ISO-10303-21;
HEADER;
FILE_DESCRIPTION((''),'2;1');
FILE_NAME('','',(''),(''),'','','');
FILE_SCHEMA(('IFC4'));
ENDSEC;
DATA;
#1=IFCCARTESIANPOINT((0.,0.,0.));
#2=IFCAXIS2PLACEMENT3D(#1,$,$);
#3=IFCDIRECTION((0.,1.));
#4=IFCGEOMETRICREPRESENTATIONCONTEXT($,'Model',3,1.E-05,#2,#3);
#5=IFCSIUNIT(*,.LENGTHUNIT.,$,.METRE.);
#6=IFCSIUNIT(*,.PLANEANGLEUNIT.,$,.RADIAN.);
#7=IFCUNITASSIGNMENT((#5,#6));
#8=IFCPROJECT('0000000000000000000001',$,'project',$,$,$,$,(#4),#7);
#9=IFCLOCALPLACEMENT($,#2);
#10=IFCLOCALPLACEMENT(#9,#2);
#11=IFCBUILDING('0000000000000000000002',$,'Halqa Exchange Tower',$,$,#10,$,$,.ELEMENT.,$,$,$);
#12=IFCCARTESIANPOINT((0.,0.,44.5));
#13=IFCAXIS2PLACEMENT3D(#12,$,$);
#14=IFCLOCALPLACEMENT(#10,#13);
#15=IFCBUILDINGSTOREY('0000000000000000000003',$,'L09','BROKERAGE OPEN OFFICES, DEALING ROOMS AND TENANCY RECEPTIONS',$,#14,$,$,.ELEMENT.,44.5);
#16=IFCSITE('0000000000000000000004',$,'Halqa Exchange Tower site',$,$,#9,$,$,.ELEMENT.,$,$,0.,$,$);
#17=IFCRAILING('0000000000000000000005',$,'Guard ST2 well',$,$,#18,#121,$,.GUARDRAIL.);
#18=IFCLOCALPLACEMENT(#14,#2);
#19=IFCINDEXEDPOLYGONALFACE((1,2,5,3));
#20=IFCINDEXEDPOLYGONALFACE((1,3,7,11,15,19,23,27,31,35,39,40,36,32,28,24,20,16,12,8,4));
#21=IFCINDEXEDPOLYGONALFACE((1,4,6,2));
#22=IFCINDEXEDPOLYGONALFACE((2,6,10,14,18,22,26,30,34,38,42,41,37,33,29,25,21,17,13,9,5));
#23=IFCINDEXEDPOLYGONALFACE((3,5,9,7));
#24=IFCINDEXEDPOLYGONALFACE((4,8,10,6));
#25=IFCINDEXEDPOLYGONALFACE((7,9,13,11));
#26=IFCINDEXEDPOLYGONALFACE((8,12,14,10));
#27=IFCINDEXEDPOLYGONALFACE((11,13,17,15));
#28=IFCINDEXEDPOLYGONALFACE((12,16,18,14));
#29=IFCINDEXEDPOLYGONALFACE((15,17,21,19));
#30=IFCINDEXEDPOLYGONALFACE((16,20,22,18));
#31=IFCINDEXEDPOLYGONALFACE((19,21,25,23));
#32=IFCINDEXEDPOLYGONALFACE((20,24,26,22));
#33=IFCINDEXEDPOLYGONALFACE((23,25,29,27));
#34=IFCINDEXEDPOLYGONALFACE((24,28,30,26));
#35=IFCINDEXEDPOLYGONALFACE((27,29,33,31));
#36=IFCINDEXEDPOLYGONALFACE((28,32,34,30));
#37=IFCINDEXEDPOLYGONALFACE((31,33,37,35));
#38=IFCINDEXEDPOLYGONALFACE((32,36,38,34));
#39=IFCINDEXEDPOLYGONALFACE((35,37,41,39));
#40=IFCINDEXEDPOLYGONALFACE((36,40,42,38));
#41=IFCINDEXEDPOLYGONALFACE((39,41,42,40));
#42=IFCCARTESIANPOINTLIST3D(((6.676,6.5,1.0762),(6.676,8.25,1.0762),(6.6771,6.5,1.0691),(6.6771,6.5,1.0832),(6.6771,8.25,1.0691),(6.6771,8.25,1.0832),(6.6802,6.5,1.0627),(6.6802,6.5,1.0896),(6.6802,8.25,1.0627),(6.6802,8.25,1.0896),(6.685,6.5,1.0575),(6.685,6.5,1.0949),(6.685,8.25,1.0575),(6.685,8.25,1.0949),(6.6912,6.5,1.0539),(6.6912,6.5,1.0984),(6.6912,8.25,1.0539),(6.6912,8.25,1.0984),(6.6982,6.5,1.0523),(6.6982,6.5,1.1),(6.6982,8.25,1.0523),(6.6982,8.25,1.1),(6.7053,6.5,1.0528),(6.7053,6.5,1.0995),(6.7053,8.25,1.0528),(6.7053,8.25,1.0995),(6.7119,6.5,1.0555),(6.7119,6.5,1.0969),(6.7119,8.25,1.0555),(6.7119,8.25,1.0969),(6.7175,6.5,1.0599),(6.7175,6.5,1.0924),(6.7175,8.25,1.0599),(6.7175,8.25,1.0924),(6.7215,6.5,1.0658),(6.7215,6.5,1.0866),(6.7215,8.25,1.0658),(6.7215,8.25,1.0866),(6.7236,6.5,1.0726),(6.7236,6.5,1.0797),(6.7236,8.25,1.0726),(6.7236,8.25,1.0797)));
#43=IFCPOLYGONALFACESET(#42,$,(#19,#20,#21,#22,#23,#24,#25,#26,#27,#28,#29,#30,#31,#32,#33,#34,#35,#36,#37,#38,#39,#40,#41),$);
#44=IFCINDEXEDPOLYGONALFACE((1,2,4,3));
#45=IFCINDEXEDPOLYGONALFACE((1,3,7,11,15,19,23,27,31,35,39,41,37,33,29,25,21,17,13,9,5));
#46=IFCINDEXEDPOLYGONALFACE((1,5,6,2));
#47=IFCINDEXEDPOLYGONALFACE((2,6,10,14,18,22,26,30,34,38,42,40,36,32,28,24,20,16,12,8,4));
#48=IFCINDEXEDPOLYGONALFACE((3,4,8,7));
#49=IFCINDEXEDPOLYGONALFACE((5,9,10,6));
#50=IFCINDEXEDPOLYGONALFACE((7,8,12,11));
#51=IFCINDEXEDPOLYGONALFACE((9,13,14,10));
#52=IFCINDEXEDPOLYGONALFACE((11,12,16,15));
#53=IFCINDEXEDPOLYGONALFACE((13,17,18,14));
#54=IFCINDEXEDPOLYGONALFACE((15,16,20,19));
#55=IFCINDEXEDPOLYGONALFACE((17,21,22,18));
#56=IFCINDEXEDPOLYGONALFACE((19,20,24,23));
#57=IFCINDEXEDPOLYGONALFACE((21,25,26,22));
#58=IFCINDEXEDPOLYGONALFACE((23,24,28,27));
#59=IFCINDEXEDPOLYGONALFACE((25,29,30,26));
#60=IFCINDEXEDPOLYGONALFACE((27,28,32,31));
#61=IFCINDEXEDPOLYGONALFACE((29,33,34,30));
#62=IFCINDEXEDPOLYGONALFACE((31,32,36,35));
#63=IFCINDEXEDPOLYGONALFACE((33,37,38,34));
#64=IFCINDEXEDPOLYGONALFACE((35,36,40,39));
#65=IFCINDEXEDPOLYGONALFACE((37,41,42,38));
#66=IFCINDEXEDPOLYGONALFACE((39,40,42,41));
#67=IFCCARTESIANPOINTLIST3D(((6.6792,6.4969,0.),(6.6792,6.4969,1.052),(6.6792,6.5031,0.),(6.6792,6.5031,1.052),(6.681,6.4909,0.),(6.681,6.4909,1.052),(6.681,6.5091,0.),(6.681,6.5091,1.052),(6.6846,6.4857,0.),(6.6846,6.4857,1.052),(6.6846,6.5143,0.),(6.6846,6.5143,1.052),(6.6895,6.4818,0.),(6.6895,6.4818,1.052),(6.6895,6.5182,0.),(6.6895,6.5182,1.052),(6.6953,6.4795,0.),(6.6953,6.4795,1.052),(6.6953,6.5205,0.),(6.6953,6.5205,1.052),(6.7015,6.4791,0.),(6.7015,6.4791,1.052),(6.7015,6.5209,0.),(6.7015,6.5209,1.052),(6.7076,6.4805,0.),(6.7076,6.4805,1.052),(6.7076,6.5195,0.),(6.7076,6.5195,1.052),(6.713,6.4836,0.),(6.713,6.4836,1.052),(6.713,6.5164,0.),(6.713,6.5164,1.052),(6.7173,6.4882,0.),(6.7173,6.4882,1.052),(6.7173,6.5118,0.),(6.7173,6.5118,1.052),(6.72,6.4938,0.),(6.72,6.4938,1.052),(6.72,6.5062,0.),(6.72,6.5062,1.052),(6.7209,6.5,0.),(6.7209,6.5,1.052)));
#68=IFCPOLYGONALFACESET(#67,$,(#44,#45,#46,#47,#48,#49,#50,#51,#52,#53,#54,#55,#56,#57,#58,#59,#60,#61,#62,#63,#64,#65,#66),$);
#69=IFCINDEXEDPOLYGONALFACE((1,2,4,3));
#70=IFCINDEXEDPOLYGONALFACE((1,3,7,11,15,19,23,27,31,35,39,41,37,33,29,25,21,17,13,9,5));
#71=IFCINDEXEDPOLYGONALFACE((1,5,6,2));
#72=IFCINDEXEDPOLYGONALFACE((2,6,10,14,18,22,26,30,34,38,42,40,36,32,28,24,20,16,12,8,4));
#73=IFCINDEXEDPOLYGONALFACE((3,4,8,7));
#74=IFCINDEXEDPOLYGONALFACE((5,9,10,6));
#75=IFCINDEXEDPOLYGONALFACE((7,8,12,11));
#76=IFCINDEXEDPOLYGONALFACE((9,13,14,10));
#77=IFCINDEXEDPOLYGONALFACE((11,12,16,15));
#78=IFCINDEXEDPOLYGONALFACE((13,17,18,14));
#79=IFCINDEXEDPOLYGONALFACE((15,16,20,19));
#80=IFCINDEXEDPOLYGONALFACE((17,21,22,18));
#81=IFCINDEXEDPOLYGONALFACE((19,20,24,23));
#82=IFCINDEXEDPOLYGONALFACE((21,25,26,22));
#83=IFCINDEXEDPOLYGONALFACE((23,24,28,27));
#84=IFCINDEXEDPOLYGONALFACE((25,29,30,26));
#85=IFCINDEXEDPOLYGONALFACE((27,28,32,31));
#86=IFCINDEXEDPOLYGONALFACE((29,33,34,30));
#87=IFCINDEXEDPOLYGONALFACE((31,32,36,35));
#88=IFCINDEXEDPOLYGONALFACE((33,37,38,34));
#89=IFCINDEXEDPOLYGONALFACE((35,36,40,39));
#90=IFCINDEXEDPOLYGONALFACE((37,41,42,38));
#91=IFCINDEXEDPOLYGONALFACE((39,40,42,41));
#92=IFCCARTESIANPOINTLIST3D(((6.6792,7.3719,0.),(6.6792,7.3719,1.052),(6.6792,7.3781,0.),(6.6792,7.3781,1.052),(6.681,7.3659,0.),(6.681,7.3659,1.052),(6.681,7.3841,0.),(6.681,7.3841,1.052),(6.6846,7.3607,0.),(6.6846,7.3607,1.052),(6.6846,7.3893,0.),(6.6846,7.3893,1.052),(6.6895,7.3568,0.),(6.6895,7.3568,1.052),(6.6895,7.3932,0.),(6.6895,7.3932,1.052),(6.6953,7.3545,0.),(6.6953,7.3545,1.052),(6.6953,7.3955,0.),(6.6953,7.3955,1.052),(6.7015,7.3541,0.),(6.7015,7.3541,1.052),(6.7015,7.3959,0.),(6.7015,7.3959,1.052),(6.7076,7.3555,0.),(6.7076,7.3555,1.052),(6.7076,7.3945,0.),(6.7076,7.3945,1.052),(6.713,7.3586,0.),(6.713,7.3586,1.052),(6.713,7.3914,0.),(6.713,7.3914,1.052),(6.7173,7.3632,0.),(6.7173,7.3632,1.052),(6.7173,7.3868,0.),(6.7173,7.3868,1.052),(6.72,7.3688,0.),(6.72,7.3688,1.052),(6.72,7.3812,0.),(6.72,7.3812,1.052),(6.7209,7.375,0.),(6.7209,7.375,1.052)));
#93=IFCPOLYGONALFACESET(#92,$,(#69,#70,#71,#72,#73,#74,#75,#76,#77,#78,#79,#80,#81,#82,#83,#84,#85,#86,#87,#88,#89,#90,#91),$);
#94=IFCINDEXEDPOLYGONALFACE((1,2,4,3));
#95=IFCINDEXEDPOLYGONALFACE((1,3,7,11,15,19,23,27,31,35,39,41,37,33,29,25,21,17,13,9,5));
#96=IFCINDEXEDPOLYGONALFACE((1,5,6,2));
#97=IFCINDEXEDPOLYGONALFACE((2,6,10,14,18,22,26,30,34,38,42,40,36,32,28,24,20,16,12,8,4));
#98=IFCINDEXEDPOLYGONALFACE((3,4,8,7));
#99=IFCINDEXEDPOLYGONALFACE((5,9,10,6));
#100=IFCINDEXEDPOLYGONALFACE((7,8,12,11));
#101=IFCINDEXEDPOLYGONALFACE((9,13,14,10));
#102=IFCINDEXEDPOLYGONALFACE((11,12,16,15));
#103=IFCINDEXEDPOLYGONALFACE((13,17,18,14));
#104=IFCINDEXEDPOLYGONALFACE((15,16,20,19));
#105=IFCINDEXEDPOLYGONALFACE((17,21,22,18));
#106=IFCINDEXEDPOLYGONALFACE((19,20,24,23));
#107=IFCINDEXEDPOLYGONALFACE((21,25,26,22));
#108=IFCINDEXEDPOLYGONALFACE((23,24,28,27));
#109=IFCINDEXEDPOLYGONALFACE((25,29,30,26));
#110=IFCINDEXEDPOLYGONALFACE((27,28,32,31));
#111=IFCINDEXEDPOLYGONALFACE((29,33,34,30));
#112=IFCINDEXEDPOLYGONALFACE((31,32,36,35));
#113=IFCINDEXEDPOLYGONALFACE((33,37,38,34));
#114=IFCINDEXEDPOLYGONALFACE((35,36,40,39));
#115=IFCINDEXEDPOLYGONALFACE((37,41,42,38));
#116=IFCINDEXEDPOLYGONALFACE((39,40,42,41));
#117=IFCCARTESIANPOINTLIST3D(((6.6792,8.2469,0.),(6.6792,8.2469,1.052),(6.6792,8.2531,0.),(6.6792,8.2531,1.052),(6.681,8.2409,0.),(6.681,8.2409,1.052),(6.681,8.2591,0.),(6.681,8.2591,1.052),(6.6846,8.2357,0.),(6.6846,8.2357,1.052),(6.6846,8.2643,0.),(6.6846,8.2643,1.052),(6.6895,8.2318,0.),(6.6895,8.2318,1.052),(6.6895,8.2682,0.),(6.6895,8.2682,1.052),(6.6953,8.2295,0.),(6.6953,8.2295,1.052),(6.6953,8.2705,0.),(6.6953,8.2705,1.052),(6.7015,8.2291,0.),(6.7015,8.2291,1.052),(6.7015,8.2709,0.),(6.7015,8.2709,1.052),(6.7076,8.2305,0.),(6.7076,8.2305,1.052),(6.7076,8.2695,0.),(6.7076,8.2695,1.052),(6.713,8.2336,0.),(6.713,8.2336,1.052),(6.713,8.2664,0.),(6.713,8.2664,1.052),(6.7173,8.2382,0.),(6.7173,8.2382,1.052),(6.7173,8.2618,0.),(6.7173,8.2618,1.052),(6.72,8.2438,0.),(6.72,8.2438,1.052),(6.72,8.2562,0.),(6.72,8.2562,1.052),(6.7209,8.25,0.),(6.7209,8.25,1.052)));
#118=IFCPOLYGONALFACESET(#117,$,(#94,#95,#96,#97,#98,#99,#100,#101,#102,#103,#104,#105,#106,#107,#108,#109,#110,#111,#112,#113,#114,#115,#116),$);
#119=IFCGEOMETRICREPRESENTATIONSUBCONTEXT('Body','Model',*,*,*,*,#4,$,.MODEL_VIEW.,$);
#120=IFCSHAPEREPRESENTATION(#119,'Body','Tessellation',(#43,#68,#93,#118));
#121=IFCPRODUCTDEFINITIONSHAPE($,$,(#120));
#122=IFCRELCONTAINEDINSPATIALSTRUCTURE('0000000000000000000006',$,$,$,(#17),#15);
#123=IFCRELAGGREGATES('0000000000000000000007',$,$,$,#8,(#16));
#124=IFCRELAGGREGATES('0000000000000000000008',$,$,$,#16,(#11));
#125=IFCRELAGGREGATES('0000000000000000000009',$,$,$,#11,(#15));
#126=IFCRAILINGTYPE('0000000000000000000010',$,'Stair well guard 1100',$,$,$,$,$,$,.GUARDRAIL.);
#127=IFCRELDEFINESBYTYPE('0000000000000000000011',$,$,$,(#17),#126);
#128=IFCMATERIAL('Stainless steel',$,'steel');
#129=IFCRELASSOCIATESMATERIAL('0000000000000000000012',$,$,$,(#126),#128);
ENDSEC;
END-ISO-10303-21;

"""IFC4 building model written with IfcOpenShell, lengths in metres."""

from ifc_helpers import new_model, si_unit, direction, frame, origin, origin_2d, place, context, subcontext, project, spatial, circle, extrude, material, type_object, element, save


model = new_model("IFC4")

# Units and contexts
model_context = context("Model", 3, precision=1e-05, world=origin(), true_north=direction((0.0, 1.0)))
body_context = subcontext(model_context, "Body", "Model", "MODEL_VIEW")
ifc_project = project(units=[si_unit("LENGTHUNIT", "METRE"), si_unit("PLANEANGLEUNIT", "RADIAN")], contexts=[model_context])

# Site, building, storey
site_placement = place(None, origin())
site = spatial("IfcSite", under=ifc_project, at=site_placement, Name="Halqa Exchange Tower site", CompositionType="ELEMENT", RefElevation=0.0)
building_placement = place(site_placement, origin())
building = spatial("IfcBuilding", under=site, at=building_placement, Name="Halqa Exchange Tower", CompositionType="ELEMENT")
storey_placement = place(building_placement, frame((0.0, 0.0, 44.5)))
storey = spatial("IfcBuildingStorey", under=building, at=storey_placement, Name="L09", Description="BROKERAGE OPEN OFFICES, DEALING ROOMS AND TENANCY RECEPTIONS", CompositionType="ELEMENT", Elevation=44.5)

# Railing
ifc_material_1 = material(Name="Stainless steel", Category="steel")
railing_type_1 = type_object("IfcRailingType", Name="Stair well guard 1100", PredefinedType="GUARDRAIL", material=ifc_material_1)
railing_1_placement = place(storey_placement, frame((6.7, 6.5, 0.0)))
element("IfcRailing", 1, at=railing_1_placement, inside=storey, type_object=railing_type_1, Name="Guard ST2 well", PredefinedType="GUARDRAIL", context=body_context, shape_type="SweptSolid", body=[
    extrude(circle(Radius=0.0239, at=origin_2d()), frame((0.0, 0.0, 1.0762), z_axis=(0.0, 1.0, 0.0), x_axis=(-1.0, 0.0, 0.0)), (0.0, 0.0, 1.0), 1.75),
    extrude(circle(Radius=0.021, at=origin_2d()), origin(), (0.0, 0.0, 1.0), 1.052),
    extrude(circle(Radius=0.021, at=origin_2d()), frame((0.0, 0.875, 0.0)), (0.0, 0.0, 1.0), 1.052),
    extrude(circle(Radius=0.021, at=origin_2d()), frame((0.0, 1.75, 0.0)), (0.0, 0.0, 1.0), 1.052),
])

save(model, "model.ifc")
